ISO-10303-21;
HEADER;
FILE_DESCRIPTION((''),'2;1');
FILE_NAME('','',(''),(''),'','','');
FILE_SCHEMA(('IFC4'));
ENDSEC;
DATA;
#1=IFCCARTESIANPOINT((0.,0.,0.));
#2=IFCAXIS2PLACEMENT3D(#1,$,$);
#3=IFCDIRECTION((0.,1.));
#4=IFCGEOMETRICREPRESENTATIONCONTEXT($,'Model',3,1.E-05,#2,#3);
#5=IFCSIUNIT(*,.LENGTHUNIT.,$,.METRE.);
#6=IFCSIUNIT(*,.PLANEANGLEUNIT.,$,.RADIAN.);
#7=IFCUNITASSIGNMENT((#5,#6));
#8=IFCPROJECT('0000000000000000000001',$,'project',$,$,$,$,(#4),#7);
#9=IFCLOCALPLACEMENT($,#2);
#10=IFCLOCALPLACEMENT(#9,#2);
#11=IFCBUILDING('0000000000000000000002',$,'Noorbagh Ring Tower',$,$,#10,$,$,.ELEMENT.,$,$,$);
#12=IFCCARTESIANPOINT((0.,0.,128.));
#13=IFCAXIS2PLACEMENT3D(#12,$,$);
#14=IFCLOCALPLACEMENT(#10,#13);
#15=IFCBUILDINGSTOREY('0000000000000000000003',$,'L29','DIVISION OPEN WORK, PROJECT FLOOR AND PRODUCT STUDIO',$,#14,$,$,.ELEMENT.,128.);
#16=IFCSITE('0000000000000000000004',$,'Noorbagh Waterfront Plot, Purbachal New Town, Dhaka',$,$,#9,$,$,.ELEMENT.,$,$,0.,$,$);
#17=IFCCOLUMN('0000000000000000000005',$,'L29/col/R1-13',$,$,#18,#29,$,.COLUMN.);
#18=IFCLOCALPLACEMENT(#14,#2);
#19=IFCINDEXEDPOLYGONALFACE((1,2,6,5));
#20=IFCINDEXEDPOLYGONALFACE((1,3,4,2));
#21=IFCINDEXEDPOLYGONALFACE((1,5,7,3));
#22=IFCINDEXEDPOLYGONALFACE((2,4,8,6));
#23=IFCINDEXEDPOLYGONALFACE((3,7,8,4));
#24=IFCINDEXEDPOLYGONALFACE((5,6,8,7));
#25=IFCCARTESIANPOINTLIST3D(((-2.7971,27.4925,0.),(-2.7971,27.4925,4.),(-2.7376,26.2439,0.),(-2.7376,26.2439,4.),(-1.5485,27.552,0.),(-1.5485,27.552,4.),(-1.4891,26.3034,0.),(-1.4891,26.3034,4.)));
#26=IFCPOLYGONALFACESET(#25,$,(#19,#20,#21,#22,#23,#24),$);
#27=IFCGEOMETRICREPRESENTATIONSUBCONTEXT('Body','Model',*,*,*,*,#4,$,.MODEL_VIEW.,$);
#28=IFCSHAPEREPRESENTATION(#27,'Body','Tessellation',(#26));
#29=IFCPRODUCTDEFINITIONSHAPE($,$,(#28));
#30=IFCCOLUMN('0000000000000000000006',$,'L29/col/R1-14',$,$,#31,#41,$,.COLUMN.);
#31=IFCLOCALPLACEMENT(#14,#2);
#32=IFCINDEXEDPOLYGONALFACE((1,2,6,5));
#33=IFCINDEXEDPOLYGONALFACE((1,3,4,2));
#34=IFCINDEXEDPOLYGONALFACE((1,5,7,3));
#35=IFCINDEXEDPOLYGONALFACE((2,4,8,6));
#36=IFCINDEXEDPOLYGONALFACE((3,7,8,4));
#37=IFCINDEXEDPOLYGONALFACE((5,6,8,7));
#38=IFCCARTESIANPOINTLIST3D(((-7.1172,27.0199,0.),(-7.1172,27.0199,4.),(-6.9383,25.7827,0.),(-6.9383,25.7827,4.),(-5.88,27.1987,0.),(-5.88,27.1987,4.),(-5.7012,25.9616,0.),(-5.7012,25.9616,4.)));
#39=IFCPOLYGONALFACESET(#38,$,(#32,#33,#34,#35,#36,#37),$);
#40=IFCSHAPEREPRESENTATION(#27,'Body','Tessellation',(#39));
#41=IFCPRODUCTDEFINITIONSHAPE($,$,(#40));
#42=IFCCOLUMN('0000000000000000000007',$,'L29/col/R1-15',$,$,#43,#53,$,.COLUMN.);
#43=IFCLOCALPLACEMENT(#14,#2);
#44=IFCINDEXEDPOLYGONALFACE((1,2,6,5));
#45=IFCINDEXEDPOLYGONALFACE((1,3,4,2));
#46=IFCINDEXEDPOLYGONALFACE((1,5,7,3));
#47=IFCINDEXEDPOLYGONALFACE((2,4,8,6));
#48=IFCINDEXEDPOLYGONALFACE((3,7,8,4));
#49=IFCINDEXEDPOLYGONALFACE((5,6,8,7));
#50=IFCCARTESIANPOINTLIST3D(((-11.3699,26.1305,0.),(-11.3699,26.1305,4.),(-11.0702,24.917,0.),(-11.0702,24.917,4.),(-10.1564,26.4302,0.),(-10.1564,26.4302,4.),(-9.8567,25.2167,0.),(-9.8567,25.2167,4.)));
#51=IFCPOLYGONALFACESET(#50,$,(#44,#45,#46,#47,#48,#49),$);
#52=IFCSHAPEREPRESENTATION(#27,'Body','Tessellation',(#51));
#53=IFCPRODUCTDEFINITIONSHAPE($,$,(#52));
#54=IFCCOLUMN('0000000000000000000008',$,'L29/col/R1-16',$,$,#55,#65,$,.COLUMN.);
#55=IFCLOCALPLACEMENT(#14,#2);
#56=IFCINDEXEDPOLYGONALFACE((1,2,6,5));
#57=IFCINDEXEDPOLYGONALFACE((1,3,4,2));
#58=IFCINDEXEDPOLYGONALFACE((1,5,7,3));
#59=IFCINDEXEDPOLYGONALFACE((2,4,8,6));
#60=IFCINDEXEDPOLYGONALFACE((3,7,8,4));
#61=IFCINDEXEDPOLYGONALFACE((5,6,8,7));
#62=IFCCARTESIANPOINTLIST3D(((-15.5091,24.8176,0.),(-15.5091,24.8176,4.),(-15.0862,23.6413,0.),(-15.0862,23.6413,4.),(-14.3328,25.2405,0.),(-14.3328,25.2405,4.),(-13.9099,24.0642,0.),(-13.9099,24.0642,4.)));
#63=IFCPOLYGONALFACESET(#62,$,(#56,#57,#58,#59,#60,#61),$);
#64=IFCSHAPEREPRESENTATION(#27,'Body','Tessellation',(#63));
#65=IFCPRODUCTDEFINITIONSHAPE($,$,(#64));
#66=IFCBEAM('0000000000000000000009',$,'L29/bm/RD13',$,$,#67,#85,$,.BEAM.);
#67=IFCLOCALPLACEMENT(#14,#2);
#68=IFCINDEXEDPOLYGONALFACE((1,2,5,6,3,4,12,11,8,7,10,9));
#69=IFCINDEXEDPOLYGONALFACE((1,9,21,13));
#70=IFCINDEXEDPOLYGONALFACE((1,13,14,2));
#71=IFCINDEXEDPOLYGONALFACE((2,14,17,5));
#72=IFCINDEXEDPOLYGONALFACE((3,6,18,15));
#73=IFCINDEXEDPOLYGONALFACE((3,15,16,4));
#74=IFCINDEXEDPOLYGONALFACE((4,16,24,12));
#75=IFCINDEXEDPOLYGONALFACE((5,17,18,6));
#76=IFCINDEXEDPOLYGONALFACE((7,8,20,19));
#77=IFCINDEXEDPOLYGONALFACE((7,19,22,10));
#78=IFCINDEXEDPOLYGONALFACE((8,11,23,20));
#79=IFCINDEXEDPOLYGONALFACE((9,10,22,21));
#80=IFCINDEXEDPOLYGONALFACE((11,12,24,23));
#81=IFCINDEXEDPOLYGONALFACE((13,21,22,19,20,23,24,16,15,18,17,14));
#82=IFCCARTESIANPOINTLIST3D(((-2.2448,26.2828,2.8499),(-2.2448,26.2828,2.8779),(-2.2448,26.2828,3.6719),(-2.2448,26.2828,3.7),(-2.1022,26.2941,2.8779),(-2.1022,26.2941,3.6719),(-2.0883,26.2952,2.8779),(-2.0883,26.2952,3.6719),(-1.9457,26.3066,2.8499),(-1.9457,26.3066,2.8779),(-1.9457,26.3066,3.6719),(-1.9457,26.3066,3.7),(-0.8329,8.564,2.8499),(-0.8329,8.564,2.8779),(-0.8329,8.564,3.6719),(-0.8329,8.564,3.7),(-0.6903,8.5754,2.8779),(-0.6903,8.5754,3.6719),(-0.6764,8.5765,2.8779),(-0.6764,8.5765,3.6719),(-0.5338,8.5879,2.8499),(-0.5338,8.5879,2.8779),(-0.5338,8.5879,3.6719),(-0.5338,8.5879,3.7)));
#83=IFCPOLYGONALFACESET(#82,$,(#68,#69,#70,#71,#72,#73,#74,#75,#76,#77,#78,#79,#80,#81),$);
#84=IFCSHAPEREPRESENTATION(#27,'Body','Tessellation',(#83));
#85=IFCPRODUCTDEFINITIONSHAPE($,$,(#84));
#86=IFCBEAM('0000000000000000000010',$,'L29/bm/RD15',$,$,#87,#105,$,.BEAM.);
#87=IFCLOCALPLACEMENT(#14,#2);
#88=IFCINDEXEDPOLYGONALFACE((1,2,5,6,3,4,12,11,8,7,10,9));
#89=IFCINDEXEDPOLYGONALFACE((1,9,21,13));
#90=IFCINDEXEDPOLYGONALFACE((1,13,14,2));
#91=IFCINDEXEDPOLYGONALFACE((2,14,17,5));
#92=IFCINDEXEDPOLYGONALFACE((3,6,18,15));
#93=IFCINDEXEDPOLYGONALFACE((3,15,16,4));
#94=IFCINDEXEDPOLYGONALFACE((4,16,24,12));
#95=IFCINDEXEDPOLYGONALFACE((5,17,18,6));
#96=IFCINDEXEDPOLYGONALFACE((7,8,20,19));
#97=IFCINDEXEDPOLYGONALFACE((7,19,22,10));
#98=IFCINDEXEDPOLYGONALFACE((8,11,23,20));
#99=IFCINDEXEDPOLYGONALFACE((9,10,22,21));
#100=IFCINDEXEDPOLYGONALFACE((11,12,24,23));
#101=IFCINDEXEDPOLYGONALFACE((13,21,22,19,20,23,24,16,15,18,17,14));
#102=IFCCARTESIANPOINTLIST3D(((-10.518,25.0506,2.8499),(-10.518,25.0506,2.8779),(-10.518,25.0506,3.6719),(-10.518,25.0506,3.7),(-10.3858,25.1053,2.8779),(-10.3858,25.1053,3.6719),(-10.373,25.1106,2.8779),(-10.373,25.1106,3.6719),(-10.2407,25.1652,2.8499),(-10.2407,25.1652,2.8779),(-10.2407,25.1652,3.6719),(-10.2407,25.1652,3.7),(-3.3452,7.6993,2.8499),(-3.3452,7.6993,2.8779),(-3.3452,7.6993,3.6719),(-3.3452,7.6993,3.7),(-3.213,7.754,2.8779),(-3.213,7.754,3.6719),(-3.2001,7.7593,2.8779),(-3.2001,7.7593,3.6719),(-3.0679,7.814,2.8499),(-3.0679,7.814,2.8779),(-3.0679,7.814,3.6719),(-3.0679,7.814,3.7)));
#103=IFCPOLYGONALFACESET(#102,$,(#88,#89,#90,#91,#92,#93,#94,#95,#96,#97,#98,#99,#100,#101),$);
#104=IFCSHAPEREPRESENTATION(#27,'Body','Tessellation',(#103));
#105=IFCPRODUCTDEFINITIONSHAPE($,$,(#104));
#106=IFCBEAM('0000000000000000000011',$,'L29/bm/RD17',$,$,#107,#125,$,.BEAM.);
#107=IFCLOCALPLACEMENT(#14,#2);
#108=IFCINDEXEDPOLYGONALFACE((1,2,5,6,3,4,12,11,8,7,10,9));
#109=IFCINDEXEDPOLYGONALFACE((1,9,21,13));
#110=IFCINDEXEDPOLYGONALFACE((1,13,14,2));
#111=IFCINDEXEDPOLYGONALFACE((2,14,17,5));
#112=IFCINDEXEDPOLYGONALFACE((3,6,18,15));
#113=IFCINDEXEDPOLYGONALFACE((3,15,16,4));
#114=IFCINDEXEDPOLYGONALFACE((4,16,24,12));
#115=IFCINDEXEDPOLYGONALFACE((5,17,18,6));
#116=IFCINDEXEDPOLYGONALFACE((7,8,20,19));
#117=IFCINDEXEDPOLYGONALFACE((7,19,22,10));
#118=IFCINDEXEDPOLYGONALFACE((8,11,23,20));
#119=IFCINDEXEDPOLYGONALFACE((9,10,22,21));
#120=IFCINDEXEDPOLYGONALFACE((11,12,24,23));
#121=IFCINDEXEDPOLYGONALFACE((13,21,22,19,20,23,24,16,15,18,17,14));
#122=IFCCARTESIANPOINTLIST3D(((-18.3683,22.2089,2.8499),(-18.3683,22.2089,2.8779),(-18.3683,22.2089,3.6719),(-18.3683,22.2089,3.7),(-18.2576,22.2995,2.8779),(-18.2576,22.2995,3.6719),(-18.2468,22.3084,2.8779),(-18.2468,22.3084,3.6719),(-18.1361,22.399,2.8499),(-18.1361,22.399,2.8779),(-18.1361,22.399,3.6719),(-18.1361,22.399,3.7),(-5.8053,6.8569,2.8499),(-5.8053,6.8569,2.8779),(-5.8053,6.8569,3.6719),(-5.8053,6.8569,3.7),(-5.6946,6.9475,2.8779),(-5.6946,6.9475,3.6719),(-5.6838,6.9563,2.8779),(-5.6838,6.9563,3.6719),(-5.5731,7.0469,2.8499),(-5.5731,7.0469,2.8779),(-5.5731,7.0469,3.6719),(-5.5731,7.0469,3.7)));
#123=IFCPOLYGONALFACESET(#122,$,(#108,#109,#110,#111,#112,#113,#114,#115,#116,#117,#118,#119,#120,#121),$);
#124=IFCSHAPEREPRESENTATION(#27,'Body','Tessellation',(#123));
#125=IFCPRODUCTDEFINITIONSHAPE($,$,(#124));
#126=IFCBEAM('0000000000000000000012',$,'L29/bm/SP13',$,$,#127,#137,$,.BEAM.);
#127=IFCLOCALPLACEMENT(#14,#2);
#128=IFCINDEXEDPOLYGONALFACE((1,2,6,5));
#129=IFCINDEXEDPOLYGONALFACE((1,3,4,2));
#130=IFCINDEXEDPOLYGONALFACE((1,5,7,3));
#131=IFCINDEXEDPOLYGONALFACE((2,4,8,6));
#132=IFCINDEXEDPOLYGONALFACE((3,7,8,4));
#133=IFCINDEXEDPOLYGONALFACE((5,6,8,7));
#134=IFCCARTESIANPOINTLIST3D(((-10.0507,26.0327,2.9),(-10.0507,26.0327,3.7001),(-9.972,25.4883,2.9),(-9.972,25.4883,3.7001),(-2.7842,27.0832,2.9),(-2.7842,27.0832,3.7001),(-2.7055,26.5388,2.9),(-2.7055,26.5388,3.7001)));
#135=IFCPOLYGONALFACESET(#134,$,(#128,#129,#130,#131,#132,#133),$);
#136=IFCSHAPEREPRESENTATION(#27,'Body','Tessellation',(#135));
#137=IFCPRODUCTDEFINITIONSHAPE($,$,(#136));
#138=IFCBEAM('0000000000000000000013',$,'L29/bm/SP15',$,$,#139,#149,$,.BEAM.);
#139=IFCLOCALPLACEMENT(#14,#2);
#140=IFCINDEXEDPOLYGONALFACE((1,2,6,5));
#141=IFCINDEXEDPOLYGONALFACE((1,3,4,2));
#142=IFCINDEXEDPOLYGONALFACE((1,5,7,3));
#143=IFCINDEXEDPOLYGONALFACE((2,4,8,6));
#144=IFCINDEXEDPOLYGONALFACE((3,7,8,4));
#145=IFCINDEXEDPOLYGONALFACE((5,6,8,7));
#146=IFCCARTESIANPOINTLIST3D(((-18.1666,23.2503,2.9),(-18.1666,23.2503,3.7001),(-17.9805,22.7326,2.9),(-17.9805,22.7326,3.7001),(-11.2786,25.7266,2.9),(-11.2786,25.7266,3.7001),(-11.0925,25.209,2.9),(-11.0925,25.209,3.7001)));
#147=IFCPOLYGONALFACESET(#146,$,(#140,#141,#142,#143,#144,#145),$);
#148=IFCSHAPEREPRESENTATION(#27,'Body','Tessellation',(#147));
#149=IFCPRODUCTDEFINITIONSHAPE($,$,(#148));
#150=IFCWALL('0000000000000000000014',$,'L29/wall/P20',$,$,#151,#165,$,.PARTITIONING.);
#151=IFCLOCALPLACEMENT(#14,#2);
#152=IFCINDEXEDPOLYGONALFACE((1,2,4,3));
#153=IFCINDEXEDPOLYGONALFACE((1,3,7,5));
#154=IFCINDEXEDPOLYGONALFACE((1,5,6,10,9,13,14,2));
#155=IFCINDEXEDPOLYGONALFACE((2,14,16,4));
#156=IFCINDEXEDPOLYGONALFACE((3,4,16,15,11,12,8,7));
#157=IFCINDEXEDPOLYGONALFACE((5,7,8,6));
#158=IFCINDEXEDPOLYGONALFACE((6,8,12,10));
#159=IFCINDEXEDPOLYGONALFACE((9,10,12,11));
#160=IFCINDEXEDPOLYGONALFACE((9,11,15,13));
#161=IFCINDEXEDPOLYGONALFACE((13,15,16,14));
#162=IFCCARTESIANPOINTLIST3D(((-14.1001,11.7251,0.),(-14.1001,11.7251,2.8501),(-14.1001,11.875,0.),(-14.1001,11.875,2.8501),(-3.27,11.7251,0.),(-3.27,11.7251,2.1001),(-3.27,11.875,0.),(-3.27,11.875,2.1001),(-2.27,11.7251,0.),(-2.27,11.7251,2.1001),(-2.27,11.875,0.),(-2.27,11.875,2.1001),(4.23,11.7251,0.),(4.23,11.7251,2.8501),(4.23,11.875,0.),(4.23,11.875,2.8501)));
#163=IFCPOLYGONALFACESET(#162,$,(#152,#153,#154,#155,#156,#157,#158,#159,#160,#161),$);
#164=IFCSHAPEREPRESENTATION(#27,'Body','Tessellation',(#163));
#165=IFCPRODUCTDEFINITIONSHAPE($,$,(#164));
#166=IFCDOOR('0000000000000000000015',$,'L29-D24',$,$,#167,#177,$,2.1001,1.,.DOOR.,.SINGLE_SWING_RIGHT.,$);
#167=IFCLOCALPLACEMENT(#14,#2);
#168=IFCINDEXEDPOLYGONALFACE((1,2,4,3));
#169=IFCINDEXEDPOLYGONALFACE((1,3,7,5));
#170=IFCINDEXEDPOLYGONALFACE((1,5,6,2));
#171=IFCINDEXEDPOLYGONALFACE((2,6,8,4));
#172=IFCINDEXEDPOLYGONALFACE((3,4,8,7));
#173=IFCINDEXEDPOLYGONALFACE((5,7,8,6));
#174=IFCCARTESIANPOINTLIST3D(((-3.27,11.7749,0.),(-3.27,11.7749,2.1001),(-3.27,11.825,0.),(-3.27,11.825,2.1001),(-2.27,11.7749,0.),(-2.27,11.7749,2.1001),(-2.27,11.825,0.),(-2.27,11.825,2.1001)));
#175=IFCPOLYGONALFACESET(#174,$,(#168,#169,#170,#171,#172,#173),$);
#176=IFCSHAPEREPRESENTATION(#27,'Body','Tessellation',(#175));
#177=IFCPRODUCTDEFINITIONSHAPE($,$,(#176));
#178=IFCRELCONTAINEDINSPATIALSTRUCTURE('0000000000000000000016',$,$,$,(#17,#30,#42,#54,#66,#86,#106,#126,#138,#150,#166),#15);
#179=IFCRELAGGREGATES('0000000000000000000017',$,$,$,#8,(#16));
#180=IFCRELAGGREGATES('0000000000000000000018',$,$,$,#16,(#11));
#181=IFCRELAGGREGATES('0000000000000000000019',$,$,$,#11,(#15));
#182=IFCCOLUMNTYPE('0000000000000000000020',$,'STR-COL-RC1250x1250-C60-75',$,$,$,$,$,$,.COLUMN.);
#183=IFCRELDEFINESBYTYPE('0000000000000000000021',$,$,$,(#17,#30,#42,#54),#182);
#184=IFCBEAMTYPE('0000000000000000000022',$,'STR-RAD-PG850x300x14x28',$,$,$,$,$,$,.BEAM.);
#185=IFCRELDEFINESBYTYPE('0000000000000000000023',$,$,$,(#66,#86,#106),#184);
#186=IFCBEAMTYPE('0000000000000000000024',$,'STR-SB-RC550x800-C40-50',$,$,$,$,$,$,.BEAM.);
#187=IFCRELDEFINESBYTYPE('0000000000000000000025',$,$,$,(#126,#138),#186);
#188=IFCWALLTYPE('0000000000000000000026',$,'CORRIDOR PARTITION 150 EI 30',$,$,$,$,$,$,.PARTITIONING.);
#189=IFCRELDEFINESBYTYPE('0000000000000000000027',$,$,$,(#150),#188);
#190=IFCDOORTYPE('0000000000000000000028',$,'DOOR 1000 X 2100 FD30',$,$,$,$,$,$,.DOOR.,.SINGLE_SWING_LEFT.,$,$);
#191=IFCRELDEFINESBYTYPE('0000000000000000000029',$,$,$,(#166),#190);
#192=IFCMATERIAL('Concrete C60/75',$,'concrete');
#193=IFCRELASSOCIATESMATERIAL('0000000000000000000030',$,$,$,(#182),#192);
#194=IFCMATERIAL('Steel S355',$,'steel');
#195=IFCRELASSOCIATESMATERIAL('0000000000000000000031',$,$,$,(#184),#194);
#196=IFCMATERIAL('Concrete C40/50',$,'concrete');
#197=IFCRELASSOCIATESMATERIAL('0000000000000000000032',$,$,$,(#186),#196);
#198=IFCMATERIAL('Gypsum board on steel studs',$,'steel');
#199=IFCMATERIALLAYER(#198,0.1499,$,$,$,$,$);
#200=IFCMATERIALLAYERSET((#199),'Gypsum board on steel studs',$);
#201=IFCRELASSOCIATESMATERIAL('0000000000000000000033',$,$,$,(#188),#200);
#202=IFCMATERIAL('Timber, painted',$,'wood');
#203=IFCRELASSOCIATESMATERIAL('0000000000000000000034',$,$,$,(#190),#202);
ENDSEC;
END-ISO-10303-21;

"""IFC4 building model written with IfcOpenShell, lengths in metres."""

from ifc_helpers import new_model, si_unit, direction, frame, frame_2d, origin, origin_2d, place, context, subcontext, project, spatial, rectangle, i_section, extrude, material, layer, layer_set, material_profile, profile_set, type_object, element, fill, save


model = new_model("IFC4")

# Units and contexts
model_context = context("Model", 3, precision=1e-05, world=origin(), true_north=direction((0.0, 1.0)))
body_context = subcontext(model_context, "Body", "Model", "MODEL_VIEW")
ifc_project = project(units=[si_unit("LENGTHUNIT", "METRE"), si_unit("PLANEANGLEUNIT", "RADIAN")], contexts=[model_context])

# Site, building, storey
site_placement = place(None, origin())
site = spatial("IfcSite", under=ifc_project, at=site_placement, Name="Noorbagh Waterfront Plot, Purbachal New Town, Dhaka", CompositionType="ELEMENT", RefElevation=0.0)
building_placement = place(site_placement, origin())
building = spatial("IfcBuilding", under=site, at=building_placement, Name="Noorbagh Ring Tower", CompositionType="ELEMENT")
storey_placement = place(building_placement, frame((0.0, 0.0, 128.0)))
storey = spatial("IfcBuildingStorey", under=building, at=storey_placement, Name="L29", Description="DIVISION OPEN WORK, PROJECT FLOOR AND PRODUCT STUDIO", CompositionType="ELEMENT", Elevation=128.0)

# Columns
ifc_material_1 = material(Name="Concrete C60/75", Category="concrete")
ifc_material_profile_1 = material_profile(ifc_material_1, rectangle(XDim=1.25, YDim=1.25, at=origin_2d()), Name="RC1250x1250")
ifc_profile_set_1 = profile_set([ifc_material_profile_1], Name="Concrete C60/75")
column_type = type_object("IfcColumnType", Name="STR-COL-RC1250x1250-C60-75", PredefinedType="COLUMN", material=ifc_profile_set_1)
for number, where, z_axis, x_axis, name in (
    (1, (-2.1431, 26.8979, 0.0), (0.0, 0.0, 1.0), (-0.998869, -0.047553, 0.0), "L29/col/R1-13"),
    (2, (-6.4092, 26.4907, 0.0), (0.0, 0.0, 1.0), (-0.989713, -0.143066, 0.0), "L29/col/R1-14"),
    (3, (-10.6133, 25.6736, 0.0), (0.0, 0.0, 1.0), (-0.970829, -0.239771, 0.0), "L29/col/R1-15"),
    (4, (-14.7095, 24.4409, 0.0), (0.0, 0.0, 1.0), (-0.941025, -0.338338, 0.0), "L29/col/R1-16"),
):
    element("IfcColumn", number, at=place(storey_placement, frame(where, z_axis=z_axis, x_axis=x_axis)), inside=storey, type_object=column_type, Name=name, PredefinedType="COLUMN", context=body_context, shape_type="SweptSolid", body=[
        extrude(rectangle(XDim=1.25, YDim=1.25, at=origin_2d()), origin(), (0.0, 0.0, 1.0), 4.0),
    ])

# Beams
ifc_material_2 = material(Name="Steel S355", Category="steel")
ifc_material_profile_2 = material_profile(ifc_material_2, i_section(OverallWidth=0.3, OverallDepth=0.8501, WebThickness=0.0139, FlangeThickness=0.0281, at=origin_2d()), Name="PG850x300x14x28")
ifc_profile_set_2 = profile_set([ifc_material_profile_2], Name="Steel S355")
beam_type_1 = type_object("IfcBeamType", Name="STR-RAD-PG850x300x14x28", PredefinedType="BEAM", material=ifc_profile_set_2)
beam_1_placement = place(storey_placement, frame((-2.0952, 26.2947, 3.2749), z_axis=(0.07943, -0.99684, 0.0), x_axis=(0.99684, 0.07943, 0.0)))
element("IfcBeam", 5, at=beam_1_placement, inside=storey, type_object=beam_type_1, Name="L29/bm/RD13", PredefinedType="BEAM", context=body_context, shape_type="SweptSolid", body=[
    extrude(i_section(OverallWidth=0.3, OverallDepth=0.8501, WebThickness=0.0139, FlangeThickness=0.0281, at=origin_2d()), origin(), (0.0, 0.0, 1.0), 17.7749),
])
beam_2_placement = place(storey_placement, frame((-10.3794, 25.1079, 3.2749), z_axis=(0.382033, -0.924149, 0.0), x_axis=(0.924149, 0.382033, 0.0)))
element("IfcBeam", 6, at=beam_2_placement, inside=storey, type_object=beam_type_1, Name="L29/bm/RD15", PredefinedType="BEAM", context=body_context, shape_type="SweptSolid", body=[
    extrude(i_section(OverallWidth=0.3, OverallDepth=0.8501, WebThickness=0.0139, FlangeThickness=0.0281, at=origin_2d()), origin(), (0.0, 0.0, 1.0), 18.7754),
])
beam_3_placement = place(storey_placement, frame((-18.2522, 22.304, 3.2749), z_axis=(0.633305, -0.773902, 0.0), x_axis=(0.773902, 0.633305, 0.0)))
element("IfcBeam", 7, at=beam_3_placement, inside=storey, type_object=beam_type_1, Name="L29/bm/RD17", PredefinedType="BEAM", context=body_context, shape_type="SweptSolid", body=[
    extrude(i_section(OverallWidth=0.3, OverallDepth=0.8501, WebThickness=0.0139, FlangeThickness=0.0281, at=origin_2d()), origin(), (0.0, 0.0, 1.0), 19.8372),
])
ifc_material_3 = material(Name="Concrete C40/50", Category="concrete")
ifc_material_profile_3 = material_profile(ifc_material_3, rectangle(XDim=0.55, YDim=0.8, at=origin_2d()), Name="RC550x800")
ifc_profile_set_3 = profile_set([ifc_material_profile_3], Name="Concrete C40/50")
beam_type_2 = type_object("IfcBeamType", Name="STR-SB-RC550x800-C40-50", PredefinedType="BEAM", material=ifc_profile_set_3)
beam_4_placement = place(storey_placement, frame((-2.7449, 26.811, 3.3), z_axis=(-0.989711, -0.143083, 0.0), x_axis=(0.143083, -0.989711, 0.0)))
element("IfcBeam", 8, at=beam_4_placement, inside=storey, type_object=beam_type_2, Name="L29/bm/SP13", PredefinedType="BEAM", context=body_context, shape_type="SweptSolid", body=[
    extrude(rectangle(XDim=0.55, YDim=0.8, at=origin_2d()), origin(), (0.0, 0.0, 1.0), 7.342),
])
beam_5_placement = place(storey_placement, frame((-11.1855, 25.4678, 3.3), z_axis=(-0.941033, -0.338315, 0.0), x_axis=(0.338315, -0.941033, 0.0)))
element("IfcBeam", 9, at=beam_5_placement, inside=storey, type_object=beam_type_2, Name="L29/bm/SP15", PredefinedType="BEAM", context=body_context, shape_type="SweptSolid", body=[
    extrude(rectangle(XDim=0.55, YDim=0.8, at=origin_2d()), origin(), (0.0, 0.0, 1.0), 7.3196),
])

# Wall, opening, door
ifc_material_4 = material(Name="Gypsum board on steel studs", Category="steel")
ifc_layer_1 = layer(ifc_material_4, 0.1499)
ifc_layer_set_1 = layer_set([ifc_layer_1], Name="Gypsum board on steel studs")
wall_type_1 = type_object("IfcWallType", Name="CORRIDOR PARTITION 150 EI 30", PredefinedType="PARTITIONING", material=ifc_layer_set_1)
wall_1_placement = place(storey_placement, frame((-14.1001, 11.8, 0.0), z_axis=(0.0, 0.0, 1.0), x_axis=(1.0, 0.0, 0.0)))
wall_1 = element("IfcWall", 10, at=wall_1_placement, inside=storey, type_object=wall_type_1, Name="L29/wall/P20", PredefinedType="PARTITIONING", context=body_context, shape_type="SweptSolid", body=[
    extrude(rectangle(XDim=18.3301, YDim=0.1499, at=frame_2d((9.165, 0.0))), origin(), (0.0, 0.0, 1.0), 2.8501),
])
opening_1_placement = place(wall_1_placement, frame((10.8301, 0.0, 0.0)))
opening_1 = element("IfcOpeningElement", 11, at=opening_1_placement, cuts=wall_1, PredefinedType="OPENING", context=body_context, shape_type="SweptSolid", body=[
    extrude(rectangle(XDim=1.0, YDim=2.1001, at=frame_2d((0.5, 1.05))), frame((0.0, 0.085, 0.0), z_axis=(0.0, -1.0, 0.0), x_axis=(1.0, 0.0, 0.0)), (0.0, 0.0, 1.0), 0.1699),
])
ifc_material_5 = material(Name="Timber, painted", Category="wood")
door_type_1 = type_object("IfcDoorType", Name="DOOR 1000 X 2100 FD30", OperationType="SINGLE_SWING_LEFT", PredefinedType="DOOR", material=ifc_material_5)
door_1_placement = place(opening_1_placement, origin())
door_1 = element("IfcDoor", 12, at=door_1_placement, inside=storey, type_object=door_type_1, Name="L29-D24", OperationType="SINGLE_SWING_RIGHT", OverallHeight=2.1001, OverallWidth=1.0, PredefinedType="DOOR", context=body_context, shape_type="SweptSolid", body=[
    extrude(rectangle(XDim=1.0, YDim=2.1001, at=frame_2d((0.5, 1.05))), frame((0.0, 0.0249, 0.0), z_axis=(0.0, -1.0, 0.0), x_axis=(1.0, 0.0, 0.0)), (0.0, 0.0, 1.0), 0.05),
])
fill(opening_1, door_1)

save(model, "model.ifc")
